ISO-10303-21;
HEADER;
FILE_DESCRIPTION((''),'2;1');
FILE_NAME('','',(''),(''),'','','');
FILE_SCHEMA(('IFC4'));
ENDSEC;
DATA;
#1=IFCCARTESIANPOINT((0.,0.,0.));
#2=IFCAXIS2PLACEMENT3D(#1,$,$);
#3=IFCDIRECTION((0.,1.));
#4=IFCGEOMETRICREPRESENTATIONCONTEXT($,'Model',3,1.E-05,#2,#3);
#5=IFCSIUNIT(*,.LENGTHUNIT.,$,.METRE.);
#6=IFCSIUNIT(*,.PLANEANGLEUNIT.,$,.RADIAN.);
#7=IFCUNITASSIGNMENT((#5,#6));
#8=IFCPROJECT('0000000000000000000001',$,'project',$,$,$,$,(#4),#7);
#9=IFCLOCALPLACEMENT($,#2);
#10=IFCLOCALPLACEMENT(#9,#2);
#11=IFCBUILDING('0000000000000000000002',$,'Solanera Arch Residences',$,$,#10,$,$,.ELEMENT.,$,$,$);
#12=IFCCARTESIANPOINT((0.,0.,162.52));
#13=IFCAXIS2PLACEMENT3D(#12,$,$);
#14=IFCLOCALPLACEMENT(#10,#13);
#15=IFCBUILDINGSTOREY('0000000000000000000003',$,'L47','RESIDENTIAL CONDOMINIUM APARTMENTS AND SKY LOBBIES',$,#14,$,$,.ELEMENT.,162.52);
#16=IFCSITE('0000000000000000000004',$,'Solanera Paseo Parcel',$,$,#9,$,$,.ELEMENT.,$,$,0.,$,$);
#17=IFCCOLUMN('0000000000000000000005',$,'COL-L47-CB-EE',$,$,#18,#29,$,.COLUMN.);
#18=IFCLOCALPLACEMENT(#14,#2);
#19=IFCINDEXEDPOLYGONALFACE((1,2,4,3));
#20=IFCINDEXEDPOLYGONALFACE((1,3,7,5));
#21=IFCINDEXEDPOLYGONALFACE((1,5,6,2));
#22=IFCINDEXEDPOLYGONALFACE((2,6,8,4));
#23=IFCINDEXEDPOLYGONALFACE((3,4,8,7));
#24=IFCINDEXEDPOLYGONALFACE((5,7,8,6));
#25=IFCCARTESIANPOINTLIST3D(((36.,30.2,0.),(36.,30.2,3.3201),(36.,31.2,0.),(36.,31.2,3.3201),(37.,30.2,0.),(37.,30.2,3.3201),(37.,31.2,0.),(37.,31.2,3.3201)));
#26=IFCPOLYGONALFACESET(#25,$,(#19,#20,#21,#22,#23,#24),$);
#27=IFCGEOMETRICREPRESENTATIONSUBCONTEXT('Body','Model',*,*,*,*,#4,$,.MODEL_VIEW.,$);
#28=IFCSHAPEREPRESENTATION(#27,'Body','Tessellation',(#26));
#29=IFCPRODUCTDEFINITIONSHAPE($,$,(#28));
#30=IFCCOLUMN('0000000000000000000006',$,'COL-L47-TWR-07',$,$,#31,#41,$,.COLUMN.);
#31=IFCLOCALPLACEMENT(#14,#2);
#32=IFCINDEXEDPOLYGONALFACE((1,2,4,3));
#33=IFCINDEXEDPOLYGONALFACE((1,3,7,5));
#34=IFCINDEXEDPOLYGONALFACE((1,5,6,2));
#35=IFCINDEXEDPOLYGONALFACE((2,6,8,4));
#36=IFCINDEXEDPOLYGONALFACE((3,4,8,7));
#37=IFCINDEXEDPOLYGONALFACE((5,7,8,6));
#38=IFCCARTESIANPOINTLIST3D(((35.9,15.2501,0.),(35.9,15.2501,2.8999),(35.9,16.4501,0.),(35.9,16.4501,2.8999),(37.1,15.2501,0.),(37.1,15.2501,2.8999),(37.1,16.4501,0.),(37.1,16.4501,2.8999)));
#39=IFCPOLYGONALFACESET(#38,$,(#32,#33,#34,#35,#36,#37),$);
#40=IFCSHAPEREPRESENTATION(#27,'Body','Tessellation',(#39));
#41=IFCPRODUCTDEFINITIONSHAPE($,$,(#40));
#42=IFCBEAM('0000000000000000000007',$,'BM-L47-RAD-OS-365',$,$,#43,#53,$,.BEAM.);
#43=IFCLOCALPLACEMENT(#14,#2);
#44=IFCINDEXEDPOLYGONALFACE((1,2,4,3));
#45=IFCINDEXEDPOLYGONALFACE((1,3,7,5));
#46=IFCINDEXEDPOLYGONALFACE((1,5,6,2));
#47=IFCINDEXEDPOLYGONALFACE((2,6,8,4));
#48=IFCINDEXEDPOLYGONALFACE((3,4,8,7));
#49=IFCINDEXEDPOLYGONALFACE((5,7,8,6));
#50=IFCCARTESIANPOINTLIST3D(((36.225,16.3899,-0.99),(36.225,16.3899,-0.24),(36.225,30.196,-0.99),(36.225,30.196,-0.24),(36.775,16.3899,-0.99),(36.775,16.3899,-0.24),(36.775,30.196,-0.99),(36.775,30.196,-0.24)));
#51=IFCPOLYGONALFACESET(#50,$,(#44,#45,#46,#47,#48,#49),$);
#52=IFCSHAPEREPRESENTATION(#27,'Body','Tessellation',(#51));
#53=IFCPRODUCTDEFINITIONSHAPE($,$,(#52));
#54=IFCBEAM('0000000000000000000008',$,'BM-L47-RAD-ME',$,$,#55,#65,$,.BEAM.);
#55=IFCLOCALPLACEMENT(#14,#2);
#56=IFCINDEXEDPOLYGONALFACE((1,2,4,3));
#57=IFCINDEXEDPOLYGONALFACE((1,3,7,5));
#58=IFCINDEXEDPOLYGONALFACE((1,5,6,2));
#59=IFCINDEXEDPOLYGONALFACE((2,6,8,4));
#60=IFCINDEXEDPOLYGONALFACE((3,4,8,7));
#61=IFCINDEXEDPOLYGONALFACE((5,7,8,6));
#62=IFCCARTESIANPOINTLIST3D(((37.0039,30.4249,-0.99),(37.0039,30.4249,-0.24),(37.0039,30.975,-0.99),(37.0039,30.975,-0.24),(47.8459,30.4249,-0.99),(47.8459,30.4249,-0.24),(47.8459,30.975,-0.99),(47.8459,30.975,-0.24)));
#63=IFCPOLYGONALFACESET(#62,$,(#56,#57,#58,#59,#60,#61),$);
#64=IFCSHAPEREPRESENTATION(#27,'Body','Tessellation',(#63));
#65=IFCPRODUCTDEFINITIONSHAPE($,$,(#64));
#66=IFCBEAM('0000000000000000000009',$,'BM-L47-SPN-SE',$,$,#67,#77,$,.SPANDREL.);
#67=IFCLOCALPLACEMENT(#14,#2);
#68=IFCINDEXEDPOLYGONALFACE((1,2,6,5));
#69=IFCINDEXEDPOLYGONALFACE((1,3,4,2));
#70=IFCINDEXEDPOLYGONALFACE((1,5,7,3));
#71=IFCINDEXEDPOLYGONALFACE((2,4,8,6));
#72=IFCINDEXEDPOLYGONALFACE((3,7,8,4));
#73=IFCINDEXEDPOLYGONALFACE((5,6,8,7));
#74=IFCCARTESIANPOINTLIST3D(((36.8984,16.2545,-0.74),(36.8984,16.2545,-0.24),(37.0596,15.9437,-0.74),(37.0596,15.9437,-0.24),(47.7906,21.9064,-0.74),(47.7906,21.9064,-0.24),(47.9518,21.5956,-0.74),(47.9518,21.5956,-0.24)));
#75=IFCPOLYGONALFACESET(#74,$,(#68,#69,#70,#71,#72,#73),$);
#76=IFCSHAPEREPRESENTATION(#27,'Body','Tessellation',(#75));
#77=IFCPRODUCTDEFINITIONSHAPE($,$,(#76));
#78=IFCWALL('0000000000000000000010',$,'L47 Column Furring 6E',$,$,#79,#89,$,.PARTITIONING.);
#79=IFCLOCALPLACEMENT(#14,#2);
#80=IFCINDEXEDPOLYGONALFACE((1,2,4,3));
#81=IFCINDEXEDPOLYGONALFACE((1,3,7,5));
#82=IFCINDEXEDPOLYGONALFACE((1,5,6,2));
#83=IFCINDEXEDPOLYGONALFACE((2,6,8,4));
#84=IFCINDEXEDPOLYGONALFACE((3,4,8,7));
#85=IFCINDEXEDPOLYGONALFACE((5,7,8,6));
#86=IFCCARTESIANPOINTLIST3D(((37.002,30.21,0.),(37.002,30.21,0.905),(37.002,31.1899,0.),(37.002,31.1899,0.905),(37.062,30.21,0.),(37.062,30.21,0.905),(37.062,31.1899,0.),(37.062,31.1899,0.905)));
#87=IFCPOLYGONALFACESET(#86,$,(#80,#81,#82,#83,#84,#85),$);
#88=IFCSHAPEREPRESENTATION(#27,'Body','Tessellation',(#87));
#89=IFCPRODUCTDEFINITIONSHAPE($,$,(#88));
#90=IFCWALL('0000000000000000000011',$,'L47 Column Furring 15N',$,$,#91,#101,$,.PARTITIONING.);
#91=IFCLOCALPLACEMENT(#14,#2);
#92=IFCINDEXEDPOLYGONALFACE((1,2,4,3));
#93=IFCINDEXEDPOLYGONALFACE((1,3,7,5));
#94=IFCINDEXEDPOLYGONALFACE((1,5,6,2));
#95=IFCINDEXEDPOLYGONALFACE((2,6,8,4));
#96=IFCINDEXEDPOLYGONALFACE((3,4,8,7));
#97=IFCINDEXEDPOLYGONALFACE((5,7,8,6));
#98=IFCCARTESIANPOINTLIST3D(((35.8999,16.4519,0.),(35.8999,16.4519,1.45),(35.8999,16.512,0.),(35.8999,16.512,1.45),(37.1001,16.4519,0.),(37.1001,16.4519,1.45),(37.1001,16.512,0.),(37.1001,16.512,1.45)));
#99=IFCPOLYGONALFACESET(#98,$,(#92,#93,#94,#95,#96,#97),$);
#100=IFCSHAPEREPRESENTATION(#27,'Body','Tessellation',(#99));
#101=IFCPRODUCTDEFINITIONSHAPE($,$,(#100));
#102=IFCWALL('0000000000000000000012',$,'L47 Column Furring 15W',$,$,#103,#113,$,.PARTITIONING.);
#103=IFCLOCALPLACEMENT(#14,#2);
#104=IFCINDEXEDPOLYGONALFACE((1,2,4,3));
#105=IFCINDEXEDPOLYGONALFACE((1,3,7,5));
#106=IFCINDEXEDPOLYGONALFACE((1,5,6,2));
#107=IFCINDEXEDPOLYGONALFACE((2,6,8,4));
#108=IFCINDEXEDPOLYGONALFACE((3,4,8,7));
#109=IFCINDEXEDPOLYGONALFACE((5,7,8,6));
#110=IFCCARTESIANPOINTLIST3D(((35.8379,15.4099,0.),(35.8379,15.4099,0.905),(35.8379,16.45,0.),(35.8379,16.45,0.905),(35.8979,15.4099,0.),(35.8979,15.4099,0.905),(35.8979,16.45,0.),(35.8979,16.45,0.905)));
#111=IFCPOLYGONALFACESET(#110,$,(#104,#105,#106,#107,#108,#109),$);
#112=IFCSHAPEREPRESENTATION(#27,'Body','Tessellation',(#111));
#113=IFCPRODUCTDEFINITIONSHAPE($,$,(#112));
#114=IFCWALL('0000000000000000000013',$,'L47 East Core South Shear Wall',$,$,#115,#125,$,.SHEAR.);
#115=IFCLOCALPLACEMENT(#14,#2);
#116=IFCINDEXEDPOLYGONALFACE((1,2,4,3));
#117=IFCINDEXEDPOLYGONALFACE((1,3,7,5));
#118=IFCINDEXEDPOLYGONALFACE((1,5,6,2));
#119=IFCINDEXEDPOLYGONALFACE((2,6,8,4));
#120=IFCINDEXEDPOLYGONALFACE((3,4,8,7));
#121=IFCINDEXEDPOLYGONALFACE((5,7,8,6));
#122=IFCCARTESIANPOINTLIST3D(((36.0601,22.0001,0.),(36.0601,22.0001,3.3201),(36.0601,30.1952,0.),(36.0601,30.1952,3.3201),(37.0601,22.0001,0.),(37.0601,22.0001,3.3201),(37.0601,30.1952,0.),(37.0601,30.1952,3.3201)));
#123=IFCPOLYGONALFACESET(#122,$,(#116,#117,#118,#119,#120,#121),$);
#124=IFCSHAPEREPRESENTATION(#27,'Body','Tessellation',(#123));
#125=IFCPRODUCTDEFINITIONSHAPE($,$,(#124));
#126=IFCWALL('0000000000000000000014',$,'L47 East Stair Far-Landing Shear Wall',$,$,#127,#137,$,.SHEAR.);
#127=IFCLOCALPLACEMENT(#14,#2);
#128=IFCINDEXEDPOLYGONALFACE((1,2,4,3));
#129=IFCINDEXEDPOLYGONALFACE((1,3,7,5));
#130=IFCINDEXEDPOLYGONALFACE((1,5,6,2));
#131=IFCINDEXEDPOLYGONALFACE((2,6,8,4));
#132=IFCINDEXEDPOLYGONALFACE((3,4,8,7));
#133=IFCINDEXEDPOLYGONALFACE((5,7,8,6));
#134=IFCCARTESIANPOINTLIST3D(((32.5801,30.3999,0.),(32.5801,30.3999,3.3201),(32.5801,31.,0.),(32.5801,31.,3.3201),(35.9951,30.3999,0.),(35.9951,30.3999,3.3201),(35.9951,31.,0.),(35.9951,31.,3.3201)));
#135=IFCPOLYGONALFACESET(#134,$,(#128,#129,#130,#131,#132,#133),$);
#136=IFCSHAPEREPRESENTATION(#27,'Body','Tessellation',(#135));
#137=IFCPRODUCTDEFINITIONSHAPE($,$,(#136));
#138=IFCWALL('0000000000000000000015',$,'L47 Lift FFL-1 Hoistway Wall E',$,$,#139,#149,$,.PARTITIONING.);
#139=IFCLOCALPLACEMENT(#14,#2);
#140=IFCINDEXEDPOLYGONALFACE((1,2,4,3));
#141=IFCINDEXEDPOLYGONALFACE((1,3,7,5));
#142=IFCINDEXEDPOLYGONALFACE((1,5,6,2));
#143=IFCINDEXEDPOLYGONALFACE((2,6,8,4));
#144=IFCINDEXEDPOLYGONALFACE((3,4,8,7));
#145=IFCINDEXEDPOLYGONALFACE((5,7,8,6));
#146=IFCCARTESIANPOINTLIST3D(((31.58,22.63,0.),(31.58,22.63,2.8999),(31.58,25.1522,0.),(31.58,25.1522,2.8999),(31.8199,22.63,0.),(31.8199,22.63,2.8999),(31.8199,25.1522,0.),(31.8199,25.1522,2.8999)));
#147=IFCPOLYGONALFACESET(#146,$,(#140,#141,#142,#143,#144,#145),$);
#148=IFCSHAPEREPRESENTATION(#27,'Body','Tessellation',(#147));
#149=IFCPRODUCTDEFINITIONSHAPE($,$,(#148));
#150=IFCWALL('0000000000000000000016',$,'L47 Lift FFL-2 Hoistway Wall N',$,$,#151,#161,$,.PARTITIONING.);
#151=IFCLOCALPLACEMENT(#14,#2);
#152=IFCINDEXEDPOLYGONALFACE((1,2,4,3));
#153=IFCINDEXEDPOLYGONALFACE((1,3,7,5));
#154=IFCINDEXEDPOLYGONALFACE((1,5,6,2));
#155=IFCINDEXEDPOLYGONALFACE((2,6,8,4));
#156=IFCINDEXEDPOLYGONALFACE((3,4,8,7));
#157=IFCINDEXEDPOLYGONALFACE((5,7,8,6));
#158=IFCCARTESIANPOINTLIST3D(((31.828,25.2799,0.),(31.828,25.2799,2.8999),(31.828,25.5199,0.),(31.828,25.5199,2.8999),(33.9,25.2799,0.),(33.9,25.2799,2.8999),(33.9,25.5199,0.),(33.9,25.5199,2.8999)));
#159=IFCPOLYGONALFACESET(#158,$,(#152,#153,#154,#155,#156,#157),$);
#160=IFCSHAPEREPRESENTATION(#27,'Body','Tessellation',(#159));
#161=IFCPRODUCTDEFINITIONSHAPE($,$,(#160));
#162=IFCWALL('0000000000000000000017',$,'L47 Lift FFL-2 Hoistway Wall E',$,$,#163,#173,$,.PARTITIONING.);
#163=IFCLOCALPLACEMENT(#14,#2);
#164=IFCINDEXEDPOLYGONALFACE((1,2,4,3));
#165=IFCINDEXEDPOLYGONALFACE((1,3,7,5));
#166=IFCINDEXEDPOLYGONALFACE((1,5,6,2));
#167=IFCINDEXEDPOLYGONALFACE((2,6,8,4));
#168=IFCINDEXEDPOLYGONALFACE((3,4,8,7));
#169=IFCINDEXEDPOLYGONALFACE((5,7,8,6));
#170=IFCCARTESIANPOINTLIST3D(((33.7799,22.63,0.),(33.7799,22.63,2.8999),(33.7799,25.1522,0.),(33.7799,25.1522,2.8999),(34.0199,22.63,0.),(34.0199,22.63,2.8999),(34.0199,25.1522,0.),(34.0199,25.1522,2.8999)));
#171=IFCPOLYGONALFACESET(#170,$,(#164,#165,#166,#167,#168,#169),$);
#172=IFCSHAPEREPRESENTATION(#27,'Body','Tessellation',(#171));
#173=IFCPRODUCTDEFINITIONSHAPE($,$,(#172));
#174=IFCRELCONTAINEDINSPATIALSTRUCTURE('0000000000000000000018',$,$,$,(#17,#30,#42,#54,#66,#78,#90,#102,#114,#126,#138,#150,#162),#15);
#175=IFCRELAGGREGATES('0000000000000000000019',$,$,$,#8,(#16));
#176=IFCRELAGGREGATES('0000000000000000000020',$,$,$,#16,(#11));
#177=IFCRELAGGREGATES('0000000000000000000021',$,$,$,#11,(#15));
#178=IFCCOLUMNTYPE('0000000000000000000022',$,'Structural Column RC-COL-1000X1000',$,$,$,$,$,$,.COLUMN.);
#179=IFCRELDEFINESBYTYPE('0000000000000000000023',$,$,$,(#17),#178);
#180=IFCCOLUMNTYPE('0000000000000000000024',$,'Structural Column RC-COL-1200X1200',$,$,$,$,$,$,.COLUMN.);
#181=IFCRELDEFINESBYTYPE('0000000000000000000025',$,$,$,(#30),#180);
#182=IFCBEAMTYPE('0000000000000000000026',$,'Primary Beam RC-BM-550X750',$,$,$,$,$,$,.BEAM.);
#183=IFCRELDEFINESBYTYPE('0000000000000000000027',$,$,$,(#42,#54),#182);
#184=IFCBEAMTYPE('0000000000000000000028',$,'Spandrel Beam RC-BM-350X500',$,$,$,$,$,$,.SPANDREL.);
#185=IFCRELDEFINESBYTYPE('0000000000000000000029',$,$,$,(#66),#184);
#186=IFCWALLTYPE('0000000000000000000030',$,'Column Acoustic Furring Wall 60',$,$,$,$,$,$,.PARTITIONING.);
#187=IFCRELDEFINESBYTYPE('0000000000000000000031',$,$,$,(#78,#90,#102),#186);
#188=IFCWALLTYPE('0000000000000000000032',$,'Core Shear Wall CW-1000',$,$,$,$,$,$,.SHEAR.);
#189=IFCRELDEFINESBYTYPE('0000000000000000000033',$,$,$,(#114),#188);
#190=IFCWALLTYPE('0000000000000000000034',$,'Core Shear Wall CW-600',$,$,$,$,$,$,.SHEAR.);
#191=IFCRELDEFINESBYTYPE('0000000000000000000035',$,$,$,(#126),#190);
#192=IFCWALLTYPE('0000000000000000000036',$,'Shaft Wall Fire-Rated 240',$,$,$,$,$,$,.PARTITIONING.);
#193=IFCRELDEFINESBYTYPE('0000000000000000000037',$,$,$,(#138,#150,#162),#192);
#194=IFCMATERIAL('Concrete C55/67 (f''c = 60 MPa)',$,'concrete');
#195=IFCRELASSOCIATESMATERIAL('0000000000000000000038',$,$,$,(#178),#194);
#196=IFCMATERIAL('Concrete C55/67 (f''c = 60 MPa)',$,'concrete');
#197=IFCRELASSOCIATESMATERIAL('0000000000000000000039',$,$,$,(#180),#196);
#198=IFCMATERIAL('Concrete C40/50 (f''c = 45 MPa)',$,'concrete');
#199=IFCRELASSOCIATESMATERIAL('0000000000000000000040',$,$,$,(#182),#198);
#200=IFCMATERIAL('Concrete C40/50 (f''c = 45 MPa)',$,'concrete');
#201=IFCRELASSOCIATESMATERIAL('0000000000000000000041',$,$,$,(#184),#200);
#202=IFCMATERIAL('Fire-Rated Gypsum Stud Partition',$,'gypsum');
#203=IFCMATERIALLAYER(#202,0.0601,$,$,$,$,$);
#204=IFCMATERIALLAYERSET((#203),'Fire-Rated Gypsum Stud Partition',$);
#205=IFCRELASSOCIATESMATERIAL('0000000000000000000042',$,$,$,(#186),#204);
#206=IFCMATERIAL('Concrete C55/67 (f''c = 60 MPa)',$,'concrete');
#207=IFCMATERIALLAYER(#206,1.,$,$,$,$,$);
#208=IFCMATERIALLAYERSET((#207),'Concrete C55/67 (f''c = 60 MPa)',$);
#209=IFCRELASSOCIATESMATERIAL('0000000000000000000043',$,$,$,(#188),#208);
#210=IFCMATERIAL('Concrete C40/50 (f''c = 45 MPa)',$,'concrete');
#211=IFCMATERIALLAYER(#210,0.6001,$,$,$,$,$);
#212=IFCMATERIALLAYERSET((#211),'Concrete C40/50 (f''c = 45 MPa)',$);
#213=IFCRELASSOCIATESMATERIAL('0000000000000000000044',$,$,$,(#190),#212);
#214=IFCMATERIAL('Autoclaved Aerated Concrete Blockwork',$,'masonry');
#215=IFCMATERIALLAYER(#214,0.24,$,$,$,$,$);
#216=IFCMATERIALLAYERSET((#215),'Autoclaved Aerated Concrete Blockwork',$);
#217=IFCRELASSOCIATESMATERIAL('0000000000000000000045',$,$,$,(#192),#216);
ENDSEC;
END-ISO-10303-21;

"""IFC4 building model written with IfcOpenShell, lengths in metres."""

from ifc_helpers import new_model, si_unit, direction, frame, frame_2d, origin, origin_2d, place, context, subcontext, project, spatial, rectangle, extrude, material, layer, layer_set, material_profile, profile_set, type_object, element, save


model = new_model("IFC4")

# Units and contexts
model_context = context("Model", 3, precision=1e-05, world=origin(), true_north=direction((0.0, 1.0)))
body_context = subcontext(model_context, "Body", "Model", "MODEL_VIEW")
ifc_project = project(units=[si_unit("LENGTHUNIT", "METRE"), si_unit("PLANEANGLEUNIT", "RADIAN")], contexts=[model_context])

# Site, building, storey
site_placement = place(None, origin())
site = spatial("IfcSite", under=ifc_project, at=site_placement, Name="Solanera Paseo Parcel", CompositionType="ELEMENT", RefElevation=0.0)
building_placement = place(site_placement, origin())
building = spatial("IfcBuilding", under=site, at=building_placement, Name="Solanera Arch Residences", CompositionType="ELEMENT")
storey_placement = place(building_placement, frame((0.0, 0.0, 162.52)))
storey = spatial("IfcBuildingStorey", under=building, at=storey_placement, Name="L47", Description="RESIDENTIAL CONDOMINIUM APARTMENTS AND SKY LOBBIES", CompositionType="ELEMENT", Elevation=162.52)

# Columns
ifc_material_1 = material(Name="Concrete C55/67 (f'c = 60 MPa)", Category="concrete")
ifc_material_profile_1 = material_profile(ifc_material_1, rectangle(XDim=1.0, YDim=1.0, at=origin_2d()))
ifc_profile_set_1 = profile_set([ifc_material_profile_1], Name="Concrete C55/67 (f'c = 60 MPa)")
column_type_1 = type_object("IfcColumnType", Name="Structural Column RC-COL-1000X1000", PredefinedType="COLUMN", material=ifc_profile_set_1)
column_1_placement = place(storey_placement, frame((36.5, 30.7, 0.0), z_axis=(0.0, 0.0, 1.0), x_axis=(1.0, 0.0, 0.0)))
element("IfcColumn", 1, at=column_1_placement, inside=storey, type_object=column_type_1, Name="COL-L47-CB-EE", PredefinedType="COLUMN", context=body_context, shape_type="SweptSolid", body=[
    extrude(rectangle(XDim=1.0, YDim=1.0, at=origin_2d()), origin(), (0.0, 0.0, 1.0), 3.3201),
])
ifc_material_2 = material(Name="Concrete C55/67 (f'c = 60 MPa)", Category="concrete")
ifc_material_profile_2 = material_profile(ifc_material_2, rectangle(XDim=1.2, YDim=1.2, at=origin_2d()))
ifc_profile_set_2 = profile_set([ifc_material_profile_2], Name="Concrete C55/67 (f'c = 60 MPa)")
column_type_2 = type_object("IfcColumnType", Name="Structural Column RC-COL-1200X1200", PredefinedType="COLUMN", material=ifc_profile_set_2)
column_2_placement = place(storey_placement, frame((36.5, 15.8501, 0.0), z_axis=(0.0, 0.0, 1.0), x_axis=(1.0, 0.0, 0.0)))
element("IfcColumn", 2, at=column_2_placement, inside=storey, type_object=column_type_2, Name="COL-L47-TWR-07", PredefinedType="COLUMN", context=body_context, shape_type="SweptSolid", body=[
    extrude(rectangle(XDim=1.2, YDim=1.2, at=origin_2d()), origin(), (0.0, 0.0, 1.0), 2.8999),
])

# Beams
ifc_material_3 = material(Name="Concrete C40/50 (f'c = 45 MPa)", Category="concrete")
ifc_material_profile_3 = material_profile(ifc_material_3, rectangle(XDim=0.55, YDim=0.75, at=origin_2d()))
ifc_profile_set_3 = profile_set([ifc_material_profile_3], Name="Concrete C40/50 (f'c = 45 MPa)")
beam_type_1 = type_object("IfcBeamType", Name="Primary Beam RC-BM-550X750", PredefinedType="BEAM", material=ifc_profile_set_3)
beam_1_placement = place(storey_placement, frame((36.5, 16.3899, -0.615), z_axis=(0.0, 1.0, 0.0), x_axis=(-1.0, 0.0, 0.0)))
element("IfcBeam", 3, at=beam_1_placement, inside=storey, type_object=beam_type_1, Name="BM-L47-RAD-OS-365", PredefinedType="BEAM", context=body_context, shape_type="SweptSolid", body=[
    extrude(rectangle(XDim=0.55, YDim=0.75, at=origin_2d()), origin(), (0.0, 0.0, 1.0), 13.8062),
])
beam_2_placement = place(storey_placement, frame((37.0039, 30.7, -0.615), z_axis=(1.0, 0.0, 0.0), x_axis=(0.0, 1.0, 0.0)))
element("IfcBeam", 4, at=beam_2_placement, inside=storey, type_object=beam_type_1, Name="BM-L47-RAD-ME", PredefinedType="BEAM", context=body_context, shape_type="SweptSolid", body=[
    extrude(rectangle(XDim=0.55, YDim=0.75, at=origin_2d()), origin(), (0.0, 0.0, 1.0), 10.842),
])
ifc_material_4 = material(Name="Concrete C40/50 (f'c = 45 MPa)", Category="concrete")
ifc_material_profile_4 = material_profile(ifc_material_4, rectangle(XDim=0.3501, YDim=0.5, at=origin_2d()))
ifc_profile_set_4 = profile_set([ifc_material_profile_4], Name="Concrete C40/50 (f'c = 45 MPa)")
beam_type_2 = type_object("IfcBeamType", Name="Spandrel Beam RC-BM-350X500", PredefinedType="SPANDREL", material=ifc_profile_set_4)
beam_3_placement = place(storey_placement, frame((36.979, 16.0991, -0.49), z_axis=(0.887618, 0.460581, 0.0), x_axis=(-0.460581, 0.887618, 0.0)))
element("IfcBeam", 5, at=beam_3_placement, inside=storey, type_object=beam_type_2, Name="BM-L47-SPN-SE", PredefinedType="SPANDREL", context=body_context, shape_type="SweptSolid", body=[
    extrude(rectangle(XDim=0.3501, YDim=0.5, at=origin_2d()), origin(), (0.0, 0.0, 1.0), 12.2712),
])

# Walls
ifc_material_5 = material(Name="Fire-Rated Gypsum Stud Partition", Category="gypsum")
ifc_layer_1 = layer(ifc_material_5, 0.0601)
ifc_layer_set_1 = layer_set([ifc_layer_1], Name="Fire-Rated Gypsum Stud Partition")
wall_type_1 = type_object("IfcWallType", Name="Column Acoustic Furring Wall 60", PredefinedType="PARTITIONING", material=ifc_layer_set_1)
wall_1_placement = place(storey_placement, frame((37.032, 30.21, 0.0), z_axis=(0.0, 0.0, 1.0), x_axis=(0.0, 1.0, 0.0)))
element("IfcWall", 6, at=wall_1_placement, inside=storey, type_object=wall_type_1, Name="L47 Column Furring 6E", PredefinedType="PARTITIONING", context=body_context, shape_type="SweptSolid", body=[
    extrude(rectangle(XDim=0.98, YDim=0.0601, at=frame_2d((0.49, 0.0))), origin(), (0.0, 0.0, 1.0), 0.905),
])
wall_2_placement = place(storey_placement, frame((35.8999, 16.4819, 0.0), z_axis=(0.0, 0.0, 1.0), x_axis=(1.0, 0.0, 0.0)))
element("IfcWall", 7, at=wall_2_placement, inside=storey, type_object=wall_type_1, Name="L47 Column Furring 15N", PredefinedType="PARTITIONING", context=body_context, shape_type="SweptSolid", body=[
    extrude(rectangle(XDim=1.2002, YDim=0.0601, at=frame_2d((0.6001, 0.0))), origin(), (0.0, 0.0, 1.0), 1.45),
])
wall_3_placement = place(storey_placement, frame((35.8679, 15.4099, 0.0), z_axis=(0.0, 0.0, 1.0), x_axis=(0.0, 1.0, 0.0)))
element("IfcWall", 8, at=wall_3_placement, inside=storey, type_object=wall_type_1, Name="L47 Column Furring 15W", PredefinedType="PARTITIONING", context=body_context, shape_type="SweptSolid", body=[
    extrude(rectangle(XDim=1.04, YDim=0.0601, at=frame_2d((0.52, 0.0))), origin(), (0.0, 0.0, 1.0), 0.905),
])
ifc_material_6 = material(Name="Concrete C55/67 (f'c = 60 MPa)", Category="concrete")
ifc_layer_2 = layer(ifc_material_6, 1.0)
ifc_layer_set_2 = layer_set([ifc_layer_2], Name="Concrete C55/67 (f'c = 60 MPa)")
wall_type_2 = type_object("IfcWallType", Name="Core Shear Wall CW-1000", PredefinedType="SHEAR", material=ifc_layer_set_2)
wall_4_placement = place(storey_placement, frame((36.5601, 22.0, 0.0), z_axis=(0.0, 0.0, 1.0), x_axis=(0.0, 1.0, 0.0)))
element("IfcWall", 9, at=wall_4_placement, inside=storey, type_object=wall_type_2, Name="L47 East Core South Shear Wall", PredefinedType="SHEAR", context=body_context, shape_type="SweptSolid", body=[
    extrude(rectangle(XDim=8.1951, YDim=1.0, at=frame_2d((4.0977, 0.0))), origin(), (0.0, 0.0, 1.0), 3.3201),
])
ifc_material_7 = material(Name="Concrete C40/50 (f'c = 45 MPa)", Category="concrete")
ifc_layer_3 = layer(ifc_material_7, 0.6001)
ifc_layer_set_3 = layer_set([ifc_layer_3], Name="Concrete C40/50 (f'c = 45 MPa)")
wall_type_3 = type_object("IfcWallType", Name="Core Shear Wall CW-600", PredefinedType="SHEAR", material=ifc_layer_set_3)
wall_5_placement = place(storey_placement, frame((32.5801, 30.7, 0.0), z_axis=(0.0, 0.0, 1.0), x_axis=(1.0, 0.0, 0.0)))
element("IfcWall", 10, at=wall_5_placement, inside=storey, type_object=wall_type_3, Name="L47 East Stair Far-Landing Shear Wall", PredefinedType="SHEAR", context=body_context, shape_type="SweptSolid", body=[
    extrude(rectangle(XDim=3.415, YDim=0.6001, at=frame_2d((1.7075, 0.0))), origin(), (0.0, 0.0, 1.0), 3.3201),
])
ifc_material_8 = material(Name="Autoclaved Aerated Concrete Blockwork", Category="masonry")
ifc_layer_4 = layer(ifc_material_8, 0.24)
ifc_layer_set_4 = layer_set([ifc_layer_4], Name="Autoclaved Aerated Concrete Blockwork")
wall_type_4 = type_object("IfcWallType", Name="Shaft Wall Fire-Rated 240", PredefinedType="PARTITIONING", material=ifc_layer_set_4)
wall_6_placement = place(storey_placement, frame((31.7, 22.6299, 0.0), z_axis=(0.0, 0.0, 1.0), x_axis=(0.0, 1.0, 0.0)))
element("IfcWall", 11, at=wall_6_placement, inside=storey, type_object=wall_type_4, Name="L47 Lift FFL-1 Hoistway Wall E", PredefinedType="PARTITIONING", context=body_context, shape_type="SweptSolid", body=[
    extrude(rectangle(XDim=2.5222, YDim=0.24, at=frame_2d((1.2612, 0.0))), origin(), (0.0, 0.0, 1.0), 2.8999),
])
wall_7_placement = place(storey_placement, frame((31.8279, 25.3999, 0.0), z_axis=(0.0, 0.0, 1.0), x_axis=(1.0, 0.0, 0.0)))
element("IfcWall", 12, at=wall_7_placement, inside=storey, type_object=wall_type_4, Name="L47 Lift FFL-2 Hoistway Wall N", PredefinedType="PARTITIONING", context=body_context, shape_type="SweptSolid", body=[
    extrude(rectangle(XDim=2.072, YDim=0.24, at=frame_2d((1.0361, 0.0))), origin(), (0.0, 0.0, 1.0), 2.8999),
])
wall_8_placement = place(storey_placement, frame((33.8999, 22.6299, 0.0), z_axis=(0.0, 0.0, 1.0), x_axis=(0.0, 1.0, 0.0)))
element("IfcWall", 13, at=wall_8_placement, inside=storey, type_object=wall_type_4, Name="L47 Lift FFL-2 Hoistway Wall E", PredefinedType="PARTITIONING", context=body_context, shape_type="SweptSolid", body=[
    extrude(rectangle(XDim=2.5222, YDim=0.24, at=frame_2d((1.2612, 0.0))), origin(), (0.0, 0.0, 1.0), 2.8999),
])

save(model, "model.ifc")
